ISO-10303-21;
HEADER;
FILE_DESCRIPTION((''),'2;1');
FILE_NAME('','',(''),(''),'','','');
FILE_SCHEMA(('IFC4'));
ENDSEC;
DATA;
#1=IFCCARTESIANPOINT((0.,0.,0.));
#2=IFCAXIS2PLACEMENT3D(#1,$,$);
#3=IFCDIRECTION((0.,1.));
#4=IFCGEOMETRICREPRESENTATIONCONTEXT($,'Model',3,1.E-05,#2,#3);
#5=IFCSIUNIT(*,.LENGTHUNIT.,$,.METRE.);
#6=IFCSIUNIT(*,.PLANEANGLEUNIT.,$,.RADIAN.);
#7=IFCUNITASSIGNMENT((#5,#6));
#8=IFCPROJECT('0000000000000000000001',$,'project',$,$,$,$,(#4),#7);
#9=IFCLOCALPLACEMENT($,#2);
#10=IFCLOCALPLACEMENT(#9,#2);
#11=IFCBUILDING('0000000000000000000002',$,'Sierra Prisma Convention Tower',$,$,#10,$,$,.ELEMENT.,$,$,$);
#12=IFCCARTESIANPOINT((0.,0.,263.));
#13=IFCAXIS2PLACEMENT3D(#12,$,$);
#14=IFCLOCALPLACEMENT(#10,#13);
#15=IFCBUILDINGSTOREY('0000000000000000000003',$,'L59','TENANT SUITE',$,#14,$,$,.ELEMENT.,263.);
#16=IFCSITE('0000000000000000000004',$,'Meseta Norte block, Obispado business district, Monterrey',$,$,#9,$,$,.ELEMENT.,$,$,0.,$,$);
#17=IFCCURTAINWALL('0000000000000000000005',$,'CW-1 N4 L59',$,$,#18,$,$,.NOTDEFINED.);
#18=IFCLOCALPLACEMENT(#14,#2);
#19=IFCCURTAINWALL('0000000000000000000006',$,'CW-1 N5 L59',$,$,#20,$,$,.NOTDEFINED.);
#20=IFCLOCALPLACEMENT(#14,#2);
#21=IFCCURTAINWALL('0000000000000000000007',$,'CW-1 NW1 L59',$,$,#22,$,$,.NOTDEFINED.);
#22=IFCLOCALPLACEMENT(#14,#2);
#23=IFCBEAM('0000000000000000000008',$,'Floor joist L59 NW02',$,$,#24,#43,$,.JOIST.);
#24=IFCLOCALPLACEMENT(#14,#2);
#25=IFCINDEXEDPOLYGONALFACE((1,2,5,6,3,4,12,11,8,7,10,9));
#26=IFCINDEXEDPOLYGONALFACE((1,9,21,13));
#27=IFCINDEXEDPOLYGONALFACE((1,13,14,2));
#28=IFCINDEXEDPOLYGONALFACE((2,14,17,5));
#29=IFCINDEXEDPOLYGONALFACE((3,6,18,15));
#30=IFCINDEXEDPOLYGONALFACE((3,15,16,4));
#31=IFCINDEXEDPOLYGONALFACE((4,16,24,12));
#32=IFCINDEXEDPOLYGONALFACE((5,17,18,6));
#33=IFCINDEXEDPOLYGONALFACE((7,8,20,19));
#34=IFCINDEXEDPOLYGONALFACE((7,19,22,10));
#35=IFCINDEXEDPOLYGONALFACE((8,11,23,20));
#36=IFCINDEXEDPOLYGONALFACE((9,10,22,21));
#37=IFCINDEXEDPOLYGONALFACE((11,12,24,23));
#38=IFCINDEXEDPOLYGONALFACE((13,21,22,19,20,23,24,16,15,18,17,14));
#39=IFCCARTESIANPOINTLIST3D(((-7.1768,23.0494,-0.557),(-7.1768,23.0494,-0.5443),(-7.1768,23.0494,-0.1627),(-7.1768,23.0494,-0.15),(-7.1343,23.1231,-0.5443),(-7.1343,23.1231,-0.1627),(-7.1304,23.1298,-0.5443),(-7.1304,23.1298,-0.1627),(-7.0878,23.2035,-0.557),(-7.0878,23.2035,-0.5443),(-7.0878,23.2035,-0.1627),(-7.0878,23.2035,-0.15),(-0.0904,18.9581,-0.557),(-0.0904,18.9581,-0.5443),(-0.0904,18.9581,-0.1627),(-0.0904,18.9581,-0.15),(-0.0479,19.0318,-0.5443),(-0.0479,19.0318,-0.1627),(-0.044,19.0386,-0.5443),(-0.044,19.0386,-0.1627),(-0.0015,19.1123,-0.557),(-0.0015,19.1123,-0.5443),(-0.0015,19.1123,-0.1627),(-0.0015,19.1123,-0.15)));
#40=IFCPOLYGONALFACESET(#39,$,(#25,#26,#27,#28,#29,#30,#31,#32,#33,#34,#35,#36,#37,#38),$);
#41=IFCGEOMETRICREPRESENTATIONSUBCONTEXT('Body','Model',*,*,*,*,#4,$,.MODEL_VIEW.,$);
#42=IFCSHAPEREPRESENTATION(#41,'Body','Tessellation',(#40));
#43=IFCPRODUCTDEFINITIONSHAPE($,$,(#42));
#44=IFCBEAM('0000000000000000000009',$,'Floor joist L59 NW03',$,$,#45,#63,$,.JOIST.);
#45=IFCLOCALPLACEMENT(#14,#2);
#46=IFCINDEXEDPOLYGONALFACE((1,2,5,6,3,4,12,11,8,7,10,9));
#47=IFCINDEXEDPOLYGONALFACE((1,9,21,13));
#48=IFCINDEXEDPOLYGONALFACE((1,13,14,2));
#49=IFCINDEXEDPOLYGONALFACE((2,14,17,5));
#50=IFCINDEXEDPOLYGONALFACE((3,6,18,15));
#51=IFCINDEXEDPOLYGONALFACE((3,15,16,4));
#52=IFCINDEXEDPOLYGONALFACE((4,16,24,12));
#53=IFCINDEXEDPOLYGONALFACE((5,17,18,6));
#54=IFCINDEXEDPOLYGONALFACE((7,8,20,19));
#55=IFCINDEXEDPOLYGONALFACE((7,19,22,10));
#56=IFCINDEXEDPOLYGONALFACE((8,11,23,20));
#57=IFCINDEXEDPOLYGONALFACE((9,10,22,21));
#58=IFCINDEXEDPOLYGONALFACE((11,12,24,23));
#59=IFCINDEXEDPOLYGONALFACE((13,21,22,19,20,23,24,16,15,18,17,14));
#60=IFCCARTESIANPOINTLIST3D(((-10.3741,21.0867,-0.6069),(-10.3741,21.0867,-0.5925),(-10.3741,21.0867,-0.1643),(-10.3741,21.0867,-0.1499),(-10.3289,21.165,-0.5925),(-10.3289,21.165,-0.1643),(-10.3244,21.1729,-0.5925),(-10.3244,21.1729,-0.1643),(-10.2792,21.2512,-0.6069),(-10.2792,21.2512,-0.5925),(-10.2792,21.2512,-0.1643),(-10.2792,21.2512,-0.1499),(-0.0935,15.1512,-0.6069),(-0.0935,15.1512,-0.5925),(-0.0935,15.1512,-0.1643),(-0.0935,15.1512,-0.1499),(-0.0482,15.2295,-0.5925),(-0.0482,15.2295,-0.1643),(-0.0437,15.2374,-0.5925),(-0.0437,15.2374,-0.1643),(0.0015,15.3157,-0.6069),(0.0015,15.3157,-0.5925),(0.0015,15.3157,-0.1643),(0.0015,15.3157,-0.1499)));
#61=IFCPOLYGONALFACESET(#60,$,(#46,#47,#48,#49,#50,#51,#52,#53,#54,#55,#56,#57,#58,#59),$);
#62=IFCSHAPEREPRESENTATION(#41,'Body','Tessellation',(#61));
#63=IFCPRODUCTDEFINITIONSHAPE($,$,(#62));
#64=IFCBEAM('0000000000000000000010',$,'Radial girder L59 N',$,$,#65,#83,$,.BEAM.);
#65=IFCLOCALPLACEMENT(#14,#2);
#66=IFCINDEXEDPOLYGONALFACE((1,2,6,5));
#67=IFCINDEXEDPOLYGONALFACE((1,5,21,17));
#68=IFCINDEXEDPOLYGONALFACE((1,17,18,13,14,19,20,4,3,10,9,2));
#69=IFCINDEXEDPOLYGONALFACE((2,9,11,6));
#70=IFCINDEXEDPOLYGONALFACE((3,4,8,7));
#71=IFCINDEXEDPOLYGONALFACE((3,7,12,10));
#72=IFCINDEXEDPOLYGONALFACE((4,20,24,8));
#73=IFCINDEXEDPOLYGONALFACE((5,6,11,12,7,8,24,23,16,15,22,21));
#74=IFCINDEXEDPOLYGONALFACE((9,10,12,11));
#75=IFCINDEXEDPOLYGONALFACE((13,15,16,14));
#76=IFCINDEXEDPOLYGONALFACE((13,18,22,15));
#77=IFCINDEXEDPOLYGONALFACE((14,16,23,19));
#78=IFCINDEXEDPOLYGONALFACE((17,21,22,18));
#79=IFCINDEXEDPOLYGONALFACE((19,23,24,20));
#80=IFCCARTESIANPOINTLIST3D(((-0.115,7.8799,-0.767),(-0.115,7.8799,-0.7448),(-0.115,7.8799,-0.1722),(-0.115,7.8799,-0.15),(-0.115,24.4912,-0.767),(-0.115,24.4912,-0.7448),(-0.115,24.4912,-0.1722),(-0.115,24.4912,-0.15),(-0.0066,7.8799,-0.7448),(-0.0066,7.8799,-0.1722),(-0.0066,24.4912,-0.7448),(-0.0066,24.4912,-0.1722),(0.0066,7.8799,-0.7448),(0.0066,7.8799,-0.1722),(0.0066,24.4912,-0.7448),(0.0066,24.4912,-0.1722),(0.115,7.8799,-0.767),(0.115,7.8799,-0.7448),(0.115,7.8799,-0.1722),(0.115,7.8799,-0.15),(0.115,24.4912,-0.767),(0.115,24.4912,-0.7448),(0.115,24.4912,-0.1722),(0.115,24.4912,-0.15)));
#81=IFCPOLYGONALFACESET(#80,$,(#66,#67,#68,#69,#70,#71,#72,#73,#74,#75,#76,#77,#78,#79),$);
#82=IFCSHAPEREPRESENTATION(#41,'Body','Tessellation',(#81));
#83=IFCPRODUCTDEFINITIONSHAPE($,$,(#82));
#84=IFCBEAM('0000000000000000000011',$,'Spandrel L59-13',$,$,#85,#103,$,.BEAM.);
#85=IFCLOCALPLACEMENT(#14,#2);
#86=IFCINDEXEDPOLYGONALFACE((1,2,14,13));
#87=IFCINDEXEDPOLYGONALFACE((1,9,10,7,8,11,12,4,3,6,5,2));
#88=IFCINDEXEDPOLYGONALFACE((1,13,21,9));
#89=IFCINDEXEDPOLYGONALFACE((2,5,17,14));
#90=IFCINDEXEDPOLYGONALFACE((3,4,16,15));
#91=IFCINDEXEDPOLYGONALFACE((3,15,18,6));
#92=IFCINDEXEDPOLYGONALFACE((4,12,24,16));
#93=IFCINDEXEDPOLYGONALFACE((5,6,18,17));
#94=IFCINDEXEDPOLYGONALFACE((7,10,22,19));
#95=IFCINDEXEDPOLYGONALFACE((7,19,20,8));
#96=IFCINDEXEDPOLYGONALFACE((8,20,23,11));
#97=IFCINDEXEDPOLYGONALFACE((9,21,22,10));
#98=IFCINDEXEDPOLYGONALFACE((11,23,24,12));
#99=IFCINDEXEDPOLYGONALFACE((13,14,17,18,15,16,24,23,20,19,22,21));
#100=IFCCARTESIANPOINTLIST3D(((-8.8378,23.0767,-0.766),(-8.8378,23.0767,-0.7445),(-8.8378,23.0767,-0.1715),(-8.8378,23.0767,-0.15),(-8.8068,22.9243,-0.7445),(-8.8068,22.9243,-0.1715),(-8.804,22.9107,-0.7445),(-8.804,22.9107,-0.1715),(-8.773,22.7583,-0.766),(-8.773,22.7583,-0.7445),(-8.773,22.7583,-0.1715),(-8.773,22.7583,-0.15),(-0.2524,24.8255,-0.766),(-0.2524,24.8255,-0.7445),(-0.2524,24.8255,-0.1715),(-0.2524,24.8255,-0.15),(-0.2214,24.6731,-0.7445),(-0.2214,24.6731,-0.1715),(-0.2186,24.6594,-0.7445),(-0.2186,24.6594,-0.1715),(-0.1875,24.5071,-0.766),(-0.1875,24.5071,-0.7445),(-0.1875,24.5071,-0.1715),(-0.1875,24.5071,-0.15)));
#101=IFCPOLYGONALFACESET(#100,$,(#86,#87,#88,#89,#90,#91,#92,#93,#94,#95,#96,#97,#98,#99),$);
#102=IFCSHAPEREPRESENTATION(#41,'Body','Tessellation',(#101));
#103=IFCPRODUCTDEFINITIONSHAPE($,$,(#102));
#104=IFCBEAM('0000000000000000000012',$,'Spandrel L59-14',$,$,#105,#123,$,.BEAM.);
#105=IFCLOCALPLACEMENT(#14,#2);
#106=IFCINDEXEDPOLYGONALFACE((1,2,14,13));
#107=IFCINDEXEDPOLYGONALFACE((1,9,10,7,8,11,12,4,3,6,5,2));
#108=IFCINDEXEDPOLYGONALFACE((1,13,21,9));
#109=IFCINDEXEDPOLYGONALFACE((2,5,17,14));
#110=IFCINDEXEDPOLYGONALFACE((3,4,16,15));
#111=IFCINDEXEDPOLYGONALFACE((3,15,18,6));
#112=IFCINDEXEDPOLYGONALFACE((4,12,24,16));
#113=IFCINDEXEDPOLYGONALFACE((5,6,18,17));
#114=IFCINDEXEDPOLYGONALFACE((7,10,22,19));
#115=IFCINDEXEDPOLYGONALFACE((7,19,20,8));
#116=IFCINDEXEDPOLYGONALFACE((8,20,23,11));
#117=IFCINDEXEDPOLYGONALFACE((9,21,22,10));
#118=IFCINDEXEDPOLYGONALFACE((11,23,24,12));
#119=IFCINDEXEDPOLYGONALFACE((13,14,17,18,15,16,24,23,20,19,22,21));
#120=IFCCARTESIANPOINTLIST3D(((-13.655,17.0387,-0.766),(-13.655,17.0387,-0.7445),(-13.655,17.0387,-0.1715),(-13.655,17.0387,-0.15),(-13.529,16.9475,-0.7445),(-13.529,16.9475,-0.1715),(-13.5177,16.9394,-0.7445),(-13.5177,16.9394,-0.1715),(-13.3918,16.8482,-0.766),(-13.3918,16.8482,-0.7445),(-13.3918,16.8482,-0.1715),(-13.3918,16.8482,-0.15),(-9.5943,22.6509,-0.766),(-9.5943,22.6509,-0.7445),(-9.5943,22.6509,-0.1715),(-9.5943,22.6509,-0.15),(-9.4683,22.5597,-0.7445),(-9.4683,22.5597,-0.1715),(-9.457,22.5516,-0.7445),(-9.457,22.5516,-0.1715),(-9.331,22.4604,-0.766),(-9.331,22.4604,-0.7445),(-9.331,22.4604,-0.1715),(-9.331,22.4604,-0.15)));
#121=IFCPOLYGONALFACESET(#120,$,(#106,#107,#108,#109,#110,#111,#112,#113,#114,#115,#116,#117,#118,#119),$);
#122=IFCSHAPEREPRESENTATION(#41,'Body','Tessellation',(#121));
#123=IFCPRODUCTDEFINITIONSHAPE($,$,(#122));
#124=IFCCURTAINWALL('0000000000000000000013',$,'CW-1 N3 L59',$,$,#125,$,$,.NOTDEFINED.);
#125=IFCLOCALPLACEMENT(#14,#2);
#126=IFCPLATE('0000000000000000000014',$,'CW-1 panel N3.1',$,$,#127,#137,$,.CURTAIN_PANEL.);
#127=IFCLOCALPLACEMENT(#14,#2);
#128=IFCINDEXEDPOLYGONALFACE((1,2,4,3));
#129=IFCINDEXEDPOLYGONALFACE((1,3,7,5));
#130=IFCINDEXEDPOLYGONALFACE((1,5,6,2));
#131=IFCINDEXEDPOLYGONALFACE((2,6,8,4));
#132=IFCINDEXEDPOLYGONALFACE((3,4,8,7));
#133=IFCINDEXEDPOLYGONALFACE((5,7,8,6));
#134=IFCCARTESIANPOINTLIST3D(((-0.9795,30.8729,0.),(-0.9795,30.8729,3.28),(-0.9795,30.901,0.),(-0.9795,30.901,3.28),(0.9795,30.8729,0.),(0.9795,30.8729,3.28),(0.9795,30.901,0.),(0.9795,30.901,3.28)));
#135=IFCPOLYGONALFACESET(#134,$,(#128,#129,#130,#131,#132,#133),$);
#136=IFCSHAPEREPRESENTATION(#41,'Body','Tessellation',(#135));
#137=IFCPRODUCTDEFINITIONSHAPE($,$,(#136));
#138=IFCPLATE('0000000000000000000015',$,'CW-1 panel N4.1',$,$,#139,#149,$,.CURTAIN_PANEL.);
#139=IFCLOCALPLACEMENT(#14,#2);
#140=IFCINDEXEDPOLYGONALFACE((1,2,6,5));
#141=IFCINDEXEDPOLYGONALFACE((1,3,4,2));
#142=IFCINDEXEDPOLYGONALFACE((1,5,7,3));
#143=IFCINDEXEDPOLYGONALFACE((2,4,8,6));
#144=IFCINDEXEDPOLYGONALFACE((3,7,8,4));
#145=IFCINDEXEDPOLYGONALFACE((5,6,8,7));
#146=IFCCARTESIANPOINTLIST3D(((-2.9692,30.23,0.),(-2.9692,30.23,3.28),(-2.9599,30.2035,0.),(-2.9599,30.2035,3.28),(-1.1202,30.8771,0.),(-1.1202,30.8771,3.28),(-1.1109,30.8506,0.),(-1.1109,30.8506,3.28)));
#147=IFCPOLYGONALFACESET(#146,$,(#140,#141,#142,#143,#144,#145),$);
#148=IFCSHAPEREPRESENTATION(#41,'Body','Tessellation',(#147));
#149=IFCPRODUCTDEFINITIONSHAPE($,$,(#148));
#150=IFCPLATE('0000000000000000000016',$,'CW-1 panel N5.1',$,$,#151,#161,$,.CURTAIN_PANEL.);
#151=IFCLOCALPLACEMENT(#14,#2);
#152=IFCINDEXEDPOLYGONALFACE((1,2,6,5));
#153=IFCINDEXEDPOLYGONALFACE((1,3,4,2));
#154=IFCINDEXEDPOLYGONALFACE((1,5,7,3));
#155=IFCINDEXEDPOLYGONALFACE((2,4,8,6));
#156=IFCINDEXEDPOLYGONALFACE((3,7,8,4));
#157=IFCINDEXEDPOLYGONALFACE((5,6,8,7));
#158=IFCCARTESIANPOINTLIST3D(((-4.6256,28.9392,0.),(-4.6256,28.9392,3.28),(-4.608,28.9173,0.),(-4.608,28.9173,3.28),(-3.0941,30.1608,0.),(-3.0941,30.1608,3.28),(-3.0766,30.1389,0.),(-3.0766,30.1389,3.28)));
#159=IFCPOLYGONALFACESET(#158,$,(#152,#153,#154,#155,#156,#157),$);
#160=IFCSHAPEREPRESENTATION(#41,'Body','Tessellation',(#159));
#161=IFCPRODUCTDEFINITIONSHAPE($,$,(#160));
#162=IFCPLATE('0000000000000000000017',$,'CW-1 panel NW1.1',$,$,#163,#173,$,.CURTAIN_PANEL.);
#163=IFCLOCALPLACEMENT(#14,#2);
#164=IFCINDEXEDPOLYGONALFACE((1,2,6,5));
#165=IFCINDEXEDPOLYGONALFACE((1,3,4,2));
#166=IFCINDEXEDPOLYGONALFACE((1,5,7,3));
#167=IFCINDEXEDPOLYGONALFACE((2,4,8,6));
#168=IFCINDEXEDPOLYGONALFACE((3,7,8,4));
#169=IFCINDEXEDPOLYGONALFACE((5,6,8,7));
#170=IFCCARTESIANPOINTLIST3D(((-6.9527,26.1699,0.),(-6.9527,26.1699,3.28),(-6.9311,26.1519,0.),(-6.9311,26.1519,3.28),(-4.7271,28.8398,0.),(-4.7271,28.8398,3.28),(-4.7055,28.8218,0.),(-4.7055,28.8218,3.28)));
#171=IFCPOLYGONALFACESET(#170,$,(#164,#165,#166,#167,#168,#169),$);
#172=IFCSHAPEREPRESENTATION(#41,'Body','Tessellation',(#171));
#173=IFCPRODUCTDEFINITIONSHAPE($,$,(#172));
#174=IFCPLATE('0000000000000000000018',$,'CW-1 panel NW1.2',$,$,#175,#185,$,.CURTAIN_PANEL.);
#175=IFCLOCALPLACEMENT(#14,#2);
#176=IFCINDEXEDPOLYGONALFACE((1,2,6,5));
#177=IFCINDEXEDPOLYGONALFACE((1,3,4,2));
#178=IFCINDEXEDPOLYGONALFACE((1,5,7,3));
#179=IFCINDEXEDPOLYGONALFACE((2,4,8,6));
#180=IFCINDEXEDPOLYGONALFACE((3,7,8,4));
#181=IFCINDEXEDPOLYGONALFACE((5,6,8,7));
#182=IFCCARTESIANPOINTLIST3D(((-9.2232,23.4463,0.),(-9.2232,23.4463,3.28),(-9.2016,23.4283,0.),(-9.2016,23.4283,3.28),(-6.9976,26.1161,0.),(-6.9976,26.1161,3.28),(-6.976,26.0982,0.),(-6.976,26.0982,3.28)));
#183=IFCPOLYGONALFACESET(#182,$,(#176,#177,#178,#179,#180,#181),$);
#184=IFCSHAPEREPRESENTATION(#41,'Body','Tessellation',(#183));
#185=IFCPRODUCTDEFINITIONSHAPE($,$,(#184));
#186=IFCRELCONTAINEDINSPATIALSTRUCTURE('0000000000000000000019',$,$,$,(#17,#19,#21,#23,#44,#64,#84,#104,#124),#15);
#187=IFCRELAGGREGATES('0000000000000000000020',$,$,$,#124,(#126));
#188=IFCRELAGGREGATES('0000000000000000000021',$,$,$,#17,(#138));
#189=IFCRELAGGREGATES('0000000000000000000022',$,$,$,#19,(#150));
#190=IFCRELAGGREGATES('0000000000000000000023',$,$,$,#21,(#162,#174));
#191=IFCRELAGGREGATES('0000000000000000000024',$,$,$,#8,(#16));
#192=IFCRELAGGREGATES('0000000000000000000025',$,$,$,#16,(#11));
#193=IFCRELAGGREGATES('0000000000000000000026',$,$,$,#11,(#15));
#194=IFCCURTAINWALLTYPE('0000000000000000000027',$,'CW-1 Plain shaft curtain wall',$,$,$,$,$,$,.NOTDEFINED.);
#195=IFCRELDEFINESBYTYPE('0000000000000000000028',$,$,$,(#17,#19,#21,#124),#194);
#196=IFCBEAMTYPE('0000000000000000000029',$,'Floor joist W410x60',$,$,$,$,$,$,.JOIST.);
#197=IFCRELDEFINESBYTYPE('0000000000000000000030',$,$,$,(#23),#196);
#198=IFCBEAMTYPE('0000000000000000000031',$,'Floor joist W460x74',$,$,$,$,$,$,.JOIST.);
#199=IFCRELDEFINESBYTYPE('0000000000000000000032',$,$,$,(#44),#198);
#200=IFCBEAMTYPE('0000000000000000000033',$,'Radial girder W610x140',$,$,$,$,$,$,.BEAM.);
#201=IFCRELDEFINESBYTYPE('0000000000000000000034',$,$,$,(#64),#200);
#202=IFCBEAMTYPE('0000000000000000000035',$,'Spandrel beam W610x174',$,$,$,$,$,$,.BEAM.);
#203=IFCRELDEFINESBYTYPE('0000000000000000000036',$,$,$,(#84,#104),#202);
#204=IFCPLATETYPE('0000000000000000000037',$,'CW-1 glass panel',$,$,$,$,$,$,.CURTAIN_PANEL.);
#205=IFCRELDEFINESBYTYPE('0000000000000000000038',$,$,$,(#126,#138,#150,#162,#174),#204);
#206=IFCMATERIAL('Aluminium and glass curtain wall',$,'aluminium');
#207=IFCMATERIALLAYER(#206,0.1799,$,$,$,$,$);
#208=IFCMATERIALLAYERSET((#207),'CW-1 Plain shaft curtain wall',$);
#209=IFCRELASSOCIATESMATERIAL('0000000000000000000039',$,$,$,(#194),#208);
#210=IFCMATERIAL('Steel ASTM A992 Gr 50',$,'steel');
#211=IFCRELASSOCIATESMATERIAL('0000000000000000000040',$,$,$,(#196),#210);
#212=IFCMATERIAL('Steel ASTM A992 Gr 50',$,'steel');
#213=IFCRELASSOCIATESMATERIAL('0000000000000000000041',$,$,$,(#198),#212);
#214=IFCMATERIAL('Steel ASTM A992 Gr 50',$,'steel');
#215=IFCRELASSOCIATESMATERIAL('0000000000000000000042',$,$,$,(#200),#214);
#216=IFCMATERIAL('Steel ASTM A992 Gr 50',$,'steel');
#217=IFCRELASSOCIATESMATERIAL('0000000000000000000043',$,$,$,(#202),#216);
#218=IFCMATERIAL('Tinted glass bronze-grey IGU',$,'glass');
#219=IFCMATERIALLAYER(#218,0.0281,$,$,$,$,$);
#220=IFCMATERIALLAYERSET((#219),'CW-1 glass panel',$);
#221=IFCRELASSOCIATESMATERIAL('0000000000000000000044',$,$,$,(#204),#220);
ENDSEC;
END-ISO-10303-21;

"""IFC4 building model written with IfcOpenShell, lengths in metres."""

from ifc_helpers import new_model, si_unit, direction, frame, origin, origin_2d, place, context, subcontext, project, spatial, rectangle, i_section, extrude, material, layer, layer_set, material_profile, profile_set, type_object, element, aggregate, save


model = new_model("IFC4")

# Units and contexts
model_context = context("Model", 3, precision=1e-05, world=origin(), true_north=direction((0.0, 1.0)))
body_context = subcontext(model_context, "Body", "Model", "MODEL_VIEW")
ifc_project = project(units=[si_unit("LENGTHUNIT", "METRE"), si_unit("PLANEANGLEUNIT", "RADIAN")], contexts=[model_context])

# Site, building, storey
site_placement = place(None, origin())
site = spatial("IfcSite", under=ifc_project, at=site_placement, Name="Meseta Norte block, Obispado business district, Monterrey", CompositionType="ELEMENT", RefElevation=0.0)
building_placement = place(site_placement, origin())
building = spatial("IfcBuilding", under=site, at=building_placement, Name="Sierra Prisma Convention Tower", CompositionType="ELEMENT")
storey_placement = place(building_placement, frame((0.0, 0.0, 263.0)))
storey = spatial("IfcBuildingStorey", under=building, at=storey_placement, Name="L59", Description="TENANT SUITE", CompositionType="ELEMENT", Elevation=263.0)

# Curtain walls
ifc_material_1 = material(Name="Aluminium and glass curtain wall", Category="aluminium")
ifc_layer_1 = layer(ifc_material_1, 0.1799)
ifc_layer_set_1 = layer_set([ifc_layer_1], Name="CW-1 Plain shaft curtain wall")
curtain_wall_type = type_object("IfcCurtainWallType", Name="CW-1 Plain shaft curtain wall", PredefinedType="NOTDEFINED", material=ifc_layer_set_1)
curtain_wall_1_placement = place(storey_placement, origin())
curtain_wall_1 = element("IfcCurtainWall", 1, at=curtain_wall_1_placement, inside=storey, type_object=curtain_wall_type, Name="CW-1 N4 L59", PredefinedType="NOTDEFINED")
curtain_wall_2_placement = place(storey_placement, origin())
curtain_wall_2 = element("IfcCurtainWall", 2, at=curtain_wall_2_placement, inside=storey, type_object=curtain_wall_type, Name="CW-1 N5 L59", PredefinedType="NOTDEFINED")

# Curtain wall
curtain_wall_3_placement = place(storey_placement, origin())
curtain_wall_3 = element("IfcCurtainWall", 3, at=curtain_wall_3_placement, inside=storey, type_object=curtain_wall_type, Name="CW-1 NW1 L59", PredefinedType="NOTDEFINED")

# Beams
ifc_material_2 = material(Name="Steel ASTM A992 Gr 50", Category="steel")
ifc_material_profile_1 = material_profile(ifc_material_2, i_section(OverallWidth=0.178, OverallDepth=0.407, WebThickness=0.0078, FlangeThickness=0.0127, at=origin_2d()), Name="W410x60")
ifc_profile_set_1 = profile_set([ifc_material_profile_1], Name="Steel ASTM A992 Gr 50")
beam_type_1 = type_object("IfcBeamType", Name="Floor joist W410x60", PredefinedType="JOIST", material=ifc_profile_set_1)
beam_1_placement = place(storey_placement, frame((-7.1323, 23.1265, -0.3535), z_axis=(0.866028, -0.499996, 0.0), x_axis=(0.499996, 0.866028, 0.0)))
element("IfcBeam", 4, at=beam_1_placement, inside=storey, type_object=beam_type_1, Name="Floor joist L59 NW02", PredefinedType="JOIST", context=body_context, shape_type="SweptSolid", body=[
    extrude(i_section(OverallWidth=0.178, OverallDepth=0.407, WebThickness=0.0078, FlangeThickness=0.0127, at=origin_2d()), origin(), (0.0, 0.0, 1.0), 8.1826),
])
ifc_material_3 = material(Name="Steel ASTM A992 Gr 50", Category="steel")
ifc_material_profile_2 = material_profile(ifc_material_3, i_section(OverallWidth=0.1899, OverallDepth=0.457, WebThickness=0.009, FlangeThickness=0.0144, at=origin_2d()), Name="W460x74")
ifc_profile_set_2 = profile_set([ifc_material_profile_2], Name="Steel ASTM A992 Gr 50")
beam_type_2 = type_object("IfcBeamType", Name="Floor joist W460x74", PredefinedType="JOIST", material=ifc_profile_set_2)
beam_2_placement = place(storey_placement, frame((-10.3267, 21.1689, -0.3784), z_axis=(0.866027, -0.499997, 0.0), x_axis=(0.499997, 0.866027, 0.0)))
element("IfcBeam", 5, at=beam_2_placement, inside=storey, type_object=beam_type_2, Name="Floor joist L59 NW03", PredefinedType="JOIST", context=body_context, shape_type="SweptSolid", body=[
    extrude(i_section(OverallWidth=0.1899, OverallDepth=0.457, WebThickness=0.009, FlangeThickness=0.0144, at=origin_2d()), origin(), (0.0, 0.0, 1.0), 11.8711),
])
ifc_material_4 = material(Name="Steel ASTM A992 Gr 50", Category="steel")
ifc_material_profile_3 = material_profile(ifc_material_4, i_section(OverallWidth=0.23, OverallDepth=0.6169, WebThickness=0.0132, FlangeThickness=0.0222, at=origin_2d()), Name="W610x140")
ifc_profile_set_3 = profile_set([ifc_material_profile_3], Name="Steel ASTM A992 Gr 50")
beam_type_3 = type_object("IfcBeamType", Name="Radial girder W610x140", PredefinedType="BEAM", material=ifc_profile_set_3)
beam_3_placement = place(storey_placement, frame((0.0, 24.4912, -0.4585), z_axis=(0.0, -1.0, 0.0), x_axis=(1.0, 0.0, 0.0)))
element("IfcBeam", 6, at=beam_3_placement, inside=storey, type_object=beam_type_3, Name="Radial girder L59 N", PredefinedType="BEAM", context=body_context, shape_type="SweptSolid", body=[
    extrude(i_section(OverallWidth=0.23, OverallDepth=0.6169, WebThickness=0.0132, FlangeThickness=0.0222, at=origin_2d()), origin(), (0.0, 0.0, 1.0), 16.6113),
])
ifc_material_5 = material(Name="Steel ASTM A992 Gr 50", Category="steel")
ifc_material_profile_4 = material_profile(ifc_material_5, i_section(OverallWidth=0.325, OverallDepth=0.616, WebThickness=0.0139, FlangeThickness=0.0215, at=origin_2d()), Name="W610x174")
ifc_profile_set_4 = profile_set([ifc_material_profile_4], Name="Steel ASTM A992 Gr 50")
beam_type_4 = type_object("IfcBeamType", Name="Spandrel beam W610x174", PredefinedType="BEAM", material=ifc_profile_set_4)
beam_4_placement = place(storey_placement, frame((-0.22, 24.6663, -0.458), z_axis=(-0.979879, -0.199593, 0.0), x_axis=(0.199593, -0.979879, 0.0)))
element("IfcBeam", 7, at=beam_4_placement, inside=storey, type_object=beam_type_4, Name="Spandrel L59-13", PredefinedType="BEAM", context=body_context, shape_type="SweptSolid", body=[
    extrude(i_section(OverallWidth=0.325, OverallDepth=0.616, WebThickness=0.0139, FlangeThickness=0.0215, at=origin_2d()), origin(), (0.0, 0.0, 1.0), 8.7617),
])
beam_5_placement = place(storey_placement, frame((-9.4626, 22.5557, -0.458), z_axis=(-0.586198, -0.810168, 0.0), x_axis=(0.810168, -0.586198, 0.0)))
element("IfcBeam", 8, at=beam_5_placement, inside=storey, type_object=beam_type_4, Name="Spandrel L59-14", PredefinedType="BEAM", context=body_context, shape_type="SweptSolid", body=[
    extrude(i_section(OverallWidth=0.325, OverallDepth=0.616, WebThickness=0.0139, FlangeThickness=0.0215, at=origin_2d()), origin(), (0.0, 0.0, 1.0), 6.9272),
])

# Curtain wall, plate
curtain_wall_4_placement = place(storey_placement, origin())
curtain_wall_4 = element("IfcCurtainWall", 9, at=curtain_wall_4_placement, inside=storey, type_object=curtain_wall_type, Name="CW-1 N3 L59", PredefinedType="NOTDEFINED")
ifc_material_6 = material(Name="Tinted glass bronze-grey IGU", Category="glass")
ifc_layer_2 = layer(ifc_material_6, 0.0281)
ifc_layer_set_2 = layer_set([ifc_layer_2], Name="CW-1 glass panel")
plate_type = type_object("IfcPlateType", Name="CW-1 glass panel", PredefinedType="CURTAIN_PANEL", material=ifc_layer_set_2)
plate_1_placement = place(storey_placement, frame((0.0, 30.887, 0.0), z_axis=(0.0, 0.0, 1.0), x_axis=(-1.0, 0.0, 0.0)))
plate_1 = element("IfcPlate", 10, at=plate_1_placement, type_object=plate_type, Name="CW-1 panel N3.1", PredefinedType="CURTAIN_PANEL", context=body_context, shape_type="SweptSolid", body=[
    extrude(rectangle(XDim=1.959, YDim=0.0281, at=origin_2d()), origin(), (0.0, 0.0, 1.0), 3.28),
])
aggregate(curtain_wall_4, [plate_1])

# Plates
plate_2_placement = place(storey_placement, frame((-2.04, 30.5403, 0.0), z_axis=(0.0, 0.0, 1.0), x_axis=(-0.943864, -0.330333, 0.0)))
plate_2 = element("IfcPlate", 11, at=plate_2_placement, type_object=plate_type, Name="CW-1 panel N4.1", PredefinedType="CURTAIN_PANEL", context=body_context, shape_type="SweptSolid", body=[
    extrude(rectangle(XDim=1.959, YDim=0.0281, at=origin_2d()), origin(), (0.0, 0.0, 1.0), 3.28),
])
aggregate(curtain_wall_1, [plate_2])
plate_3_placement = place(storey_placement, frame((-3.8511, 29.5391, 0.0), z_axis=(0.0, 0.0, 1.0), x_axis=(-0.78176, -0.623579, 0.0)))
plate_3 = element("IfcPlate", 12, at=plate_3_placement, type_object=plate_type, Name="CW-1 panel N5.1", PredefinedType="CURTAIN_PANEL", context=body_context, shape_type="SweptSolid", body=[
    extrude(rectangle(XDim=1.959, YDim=0.0281, at=origin_2d()), origin(), (0.0, 0.0, 1.0), 3.28),
])
aggregate(curtain_wall_2, [plate_3])
plate_4_placement = place(storey_placement, frame((-5.8291, 27.4958, 0.0), z_axis=(0.0, 0.0, 1.0), x_axis=(-0.640306, -0.76812, 0.0)))
plate_4 = element("IfcPlate", 13, at=plate_4_placement, type_object=plate_type, Name="CW-1 panel NW1.1", PredefinedType="CURTAIN_PANEL", context=body_context, shape_type="SweptSolid", body=[
    extrude(rectangle(XDim=3.4758, YDim=0.0281, at=origin_2d()), origin(), (0.0, 0.0, 1.0), 3.28),
])
plate_5_placement = place(storey_placement, frame((-8.0996, 24.7722, 0.0), z_axis=(0.0, 0.0, 1.0), x_axis=(-0.640306, -0.76812, 0.0)))
plate_5 = element("IfcPlate", 14, at=plate_5_placement, type_object=plate_type, Name="CW-1 panel NW1.2", PredefinedType="CURTAIN_PANEL", context=body_context, shape_type="SweptSolid", body=[
    extrude(rectangle(XDim=3.4758, YDim=0.0281, at=origin_2d()), origin(), (0.0, 0.0, 1.0), 3.28),
])
aggregate(curtain_wall_3, [plate_4, plate_5])

save(model, "model.ifc")
